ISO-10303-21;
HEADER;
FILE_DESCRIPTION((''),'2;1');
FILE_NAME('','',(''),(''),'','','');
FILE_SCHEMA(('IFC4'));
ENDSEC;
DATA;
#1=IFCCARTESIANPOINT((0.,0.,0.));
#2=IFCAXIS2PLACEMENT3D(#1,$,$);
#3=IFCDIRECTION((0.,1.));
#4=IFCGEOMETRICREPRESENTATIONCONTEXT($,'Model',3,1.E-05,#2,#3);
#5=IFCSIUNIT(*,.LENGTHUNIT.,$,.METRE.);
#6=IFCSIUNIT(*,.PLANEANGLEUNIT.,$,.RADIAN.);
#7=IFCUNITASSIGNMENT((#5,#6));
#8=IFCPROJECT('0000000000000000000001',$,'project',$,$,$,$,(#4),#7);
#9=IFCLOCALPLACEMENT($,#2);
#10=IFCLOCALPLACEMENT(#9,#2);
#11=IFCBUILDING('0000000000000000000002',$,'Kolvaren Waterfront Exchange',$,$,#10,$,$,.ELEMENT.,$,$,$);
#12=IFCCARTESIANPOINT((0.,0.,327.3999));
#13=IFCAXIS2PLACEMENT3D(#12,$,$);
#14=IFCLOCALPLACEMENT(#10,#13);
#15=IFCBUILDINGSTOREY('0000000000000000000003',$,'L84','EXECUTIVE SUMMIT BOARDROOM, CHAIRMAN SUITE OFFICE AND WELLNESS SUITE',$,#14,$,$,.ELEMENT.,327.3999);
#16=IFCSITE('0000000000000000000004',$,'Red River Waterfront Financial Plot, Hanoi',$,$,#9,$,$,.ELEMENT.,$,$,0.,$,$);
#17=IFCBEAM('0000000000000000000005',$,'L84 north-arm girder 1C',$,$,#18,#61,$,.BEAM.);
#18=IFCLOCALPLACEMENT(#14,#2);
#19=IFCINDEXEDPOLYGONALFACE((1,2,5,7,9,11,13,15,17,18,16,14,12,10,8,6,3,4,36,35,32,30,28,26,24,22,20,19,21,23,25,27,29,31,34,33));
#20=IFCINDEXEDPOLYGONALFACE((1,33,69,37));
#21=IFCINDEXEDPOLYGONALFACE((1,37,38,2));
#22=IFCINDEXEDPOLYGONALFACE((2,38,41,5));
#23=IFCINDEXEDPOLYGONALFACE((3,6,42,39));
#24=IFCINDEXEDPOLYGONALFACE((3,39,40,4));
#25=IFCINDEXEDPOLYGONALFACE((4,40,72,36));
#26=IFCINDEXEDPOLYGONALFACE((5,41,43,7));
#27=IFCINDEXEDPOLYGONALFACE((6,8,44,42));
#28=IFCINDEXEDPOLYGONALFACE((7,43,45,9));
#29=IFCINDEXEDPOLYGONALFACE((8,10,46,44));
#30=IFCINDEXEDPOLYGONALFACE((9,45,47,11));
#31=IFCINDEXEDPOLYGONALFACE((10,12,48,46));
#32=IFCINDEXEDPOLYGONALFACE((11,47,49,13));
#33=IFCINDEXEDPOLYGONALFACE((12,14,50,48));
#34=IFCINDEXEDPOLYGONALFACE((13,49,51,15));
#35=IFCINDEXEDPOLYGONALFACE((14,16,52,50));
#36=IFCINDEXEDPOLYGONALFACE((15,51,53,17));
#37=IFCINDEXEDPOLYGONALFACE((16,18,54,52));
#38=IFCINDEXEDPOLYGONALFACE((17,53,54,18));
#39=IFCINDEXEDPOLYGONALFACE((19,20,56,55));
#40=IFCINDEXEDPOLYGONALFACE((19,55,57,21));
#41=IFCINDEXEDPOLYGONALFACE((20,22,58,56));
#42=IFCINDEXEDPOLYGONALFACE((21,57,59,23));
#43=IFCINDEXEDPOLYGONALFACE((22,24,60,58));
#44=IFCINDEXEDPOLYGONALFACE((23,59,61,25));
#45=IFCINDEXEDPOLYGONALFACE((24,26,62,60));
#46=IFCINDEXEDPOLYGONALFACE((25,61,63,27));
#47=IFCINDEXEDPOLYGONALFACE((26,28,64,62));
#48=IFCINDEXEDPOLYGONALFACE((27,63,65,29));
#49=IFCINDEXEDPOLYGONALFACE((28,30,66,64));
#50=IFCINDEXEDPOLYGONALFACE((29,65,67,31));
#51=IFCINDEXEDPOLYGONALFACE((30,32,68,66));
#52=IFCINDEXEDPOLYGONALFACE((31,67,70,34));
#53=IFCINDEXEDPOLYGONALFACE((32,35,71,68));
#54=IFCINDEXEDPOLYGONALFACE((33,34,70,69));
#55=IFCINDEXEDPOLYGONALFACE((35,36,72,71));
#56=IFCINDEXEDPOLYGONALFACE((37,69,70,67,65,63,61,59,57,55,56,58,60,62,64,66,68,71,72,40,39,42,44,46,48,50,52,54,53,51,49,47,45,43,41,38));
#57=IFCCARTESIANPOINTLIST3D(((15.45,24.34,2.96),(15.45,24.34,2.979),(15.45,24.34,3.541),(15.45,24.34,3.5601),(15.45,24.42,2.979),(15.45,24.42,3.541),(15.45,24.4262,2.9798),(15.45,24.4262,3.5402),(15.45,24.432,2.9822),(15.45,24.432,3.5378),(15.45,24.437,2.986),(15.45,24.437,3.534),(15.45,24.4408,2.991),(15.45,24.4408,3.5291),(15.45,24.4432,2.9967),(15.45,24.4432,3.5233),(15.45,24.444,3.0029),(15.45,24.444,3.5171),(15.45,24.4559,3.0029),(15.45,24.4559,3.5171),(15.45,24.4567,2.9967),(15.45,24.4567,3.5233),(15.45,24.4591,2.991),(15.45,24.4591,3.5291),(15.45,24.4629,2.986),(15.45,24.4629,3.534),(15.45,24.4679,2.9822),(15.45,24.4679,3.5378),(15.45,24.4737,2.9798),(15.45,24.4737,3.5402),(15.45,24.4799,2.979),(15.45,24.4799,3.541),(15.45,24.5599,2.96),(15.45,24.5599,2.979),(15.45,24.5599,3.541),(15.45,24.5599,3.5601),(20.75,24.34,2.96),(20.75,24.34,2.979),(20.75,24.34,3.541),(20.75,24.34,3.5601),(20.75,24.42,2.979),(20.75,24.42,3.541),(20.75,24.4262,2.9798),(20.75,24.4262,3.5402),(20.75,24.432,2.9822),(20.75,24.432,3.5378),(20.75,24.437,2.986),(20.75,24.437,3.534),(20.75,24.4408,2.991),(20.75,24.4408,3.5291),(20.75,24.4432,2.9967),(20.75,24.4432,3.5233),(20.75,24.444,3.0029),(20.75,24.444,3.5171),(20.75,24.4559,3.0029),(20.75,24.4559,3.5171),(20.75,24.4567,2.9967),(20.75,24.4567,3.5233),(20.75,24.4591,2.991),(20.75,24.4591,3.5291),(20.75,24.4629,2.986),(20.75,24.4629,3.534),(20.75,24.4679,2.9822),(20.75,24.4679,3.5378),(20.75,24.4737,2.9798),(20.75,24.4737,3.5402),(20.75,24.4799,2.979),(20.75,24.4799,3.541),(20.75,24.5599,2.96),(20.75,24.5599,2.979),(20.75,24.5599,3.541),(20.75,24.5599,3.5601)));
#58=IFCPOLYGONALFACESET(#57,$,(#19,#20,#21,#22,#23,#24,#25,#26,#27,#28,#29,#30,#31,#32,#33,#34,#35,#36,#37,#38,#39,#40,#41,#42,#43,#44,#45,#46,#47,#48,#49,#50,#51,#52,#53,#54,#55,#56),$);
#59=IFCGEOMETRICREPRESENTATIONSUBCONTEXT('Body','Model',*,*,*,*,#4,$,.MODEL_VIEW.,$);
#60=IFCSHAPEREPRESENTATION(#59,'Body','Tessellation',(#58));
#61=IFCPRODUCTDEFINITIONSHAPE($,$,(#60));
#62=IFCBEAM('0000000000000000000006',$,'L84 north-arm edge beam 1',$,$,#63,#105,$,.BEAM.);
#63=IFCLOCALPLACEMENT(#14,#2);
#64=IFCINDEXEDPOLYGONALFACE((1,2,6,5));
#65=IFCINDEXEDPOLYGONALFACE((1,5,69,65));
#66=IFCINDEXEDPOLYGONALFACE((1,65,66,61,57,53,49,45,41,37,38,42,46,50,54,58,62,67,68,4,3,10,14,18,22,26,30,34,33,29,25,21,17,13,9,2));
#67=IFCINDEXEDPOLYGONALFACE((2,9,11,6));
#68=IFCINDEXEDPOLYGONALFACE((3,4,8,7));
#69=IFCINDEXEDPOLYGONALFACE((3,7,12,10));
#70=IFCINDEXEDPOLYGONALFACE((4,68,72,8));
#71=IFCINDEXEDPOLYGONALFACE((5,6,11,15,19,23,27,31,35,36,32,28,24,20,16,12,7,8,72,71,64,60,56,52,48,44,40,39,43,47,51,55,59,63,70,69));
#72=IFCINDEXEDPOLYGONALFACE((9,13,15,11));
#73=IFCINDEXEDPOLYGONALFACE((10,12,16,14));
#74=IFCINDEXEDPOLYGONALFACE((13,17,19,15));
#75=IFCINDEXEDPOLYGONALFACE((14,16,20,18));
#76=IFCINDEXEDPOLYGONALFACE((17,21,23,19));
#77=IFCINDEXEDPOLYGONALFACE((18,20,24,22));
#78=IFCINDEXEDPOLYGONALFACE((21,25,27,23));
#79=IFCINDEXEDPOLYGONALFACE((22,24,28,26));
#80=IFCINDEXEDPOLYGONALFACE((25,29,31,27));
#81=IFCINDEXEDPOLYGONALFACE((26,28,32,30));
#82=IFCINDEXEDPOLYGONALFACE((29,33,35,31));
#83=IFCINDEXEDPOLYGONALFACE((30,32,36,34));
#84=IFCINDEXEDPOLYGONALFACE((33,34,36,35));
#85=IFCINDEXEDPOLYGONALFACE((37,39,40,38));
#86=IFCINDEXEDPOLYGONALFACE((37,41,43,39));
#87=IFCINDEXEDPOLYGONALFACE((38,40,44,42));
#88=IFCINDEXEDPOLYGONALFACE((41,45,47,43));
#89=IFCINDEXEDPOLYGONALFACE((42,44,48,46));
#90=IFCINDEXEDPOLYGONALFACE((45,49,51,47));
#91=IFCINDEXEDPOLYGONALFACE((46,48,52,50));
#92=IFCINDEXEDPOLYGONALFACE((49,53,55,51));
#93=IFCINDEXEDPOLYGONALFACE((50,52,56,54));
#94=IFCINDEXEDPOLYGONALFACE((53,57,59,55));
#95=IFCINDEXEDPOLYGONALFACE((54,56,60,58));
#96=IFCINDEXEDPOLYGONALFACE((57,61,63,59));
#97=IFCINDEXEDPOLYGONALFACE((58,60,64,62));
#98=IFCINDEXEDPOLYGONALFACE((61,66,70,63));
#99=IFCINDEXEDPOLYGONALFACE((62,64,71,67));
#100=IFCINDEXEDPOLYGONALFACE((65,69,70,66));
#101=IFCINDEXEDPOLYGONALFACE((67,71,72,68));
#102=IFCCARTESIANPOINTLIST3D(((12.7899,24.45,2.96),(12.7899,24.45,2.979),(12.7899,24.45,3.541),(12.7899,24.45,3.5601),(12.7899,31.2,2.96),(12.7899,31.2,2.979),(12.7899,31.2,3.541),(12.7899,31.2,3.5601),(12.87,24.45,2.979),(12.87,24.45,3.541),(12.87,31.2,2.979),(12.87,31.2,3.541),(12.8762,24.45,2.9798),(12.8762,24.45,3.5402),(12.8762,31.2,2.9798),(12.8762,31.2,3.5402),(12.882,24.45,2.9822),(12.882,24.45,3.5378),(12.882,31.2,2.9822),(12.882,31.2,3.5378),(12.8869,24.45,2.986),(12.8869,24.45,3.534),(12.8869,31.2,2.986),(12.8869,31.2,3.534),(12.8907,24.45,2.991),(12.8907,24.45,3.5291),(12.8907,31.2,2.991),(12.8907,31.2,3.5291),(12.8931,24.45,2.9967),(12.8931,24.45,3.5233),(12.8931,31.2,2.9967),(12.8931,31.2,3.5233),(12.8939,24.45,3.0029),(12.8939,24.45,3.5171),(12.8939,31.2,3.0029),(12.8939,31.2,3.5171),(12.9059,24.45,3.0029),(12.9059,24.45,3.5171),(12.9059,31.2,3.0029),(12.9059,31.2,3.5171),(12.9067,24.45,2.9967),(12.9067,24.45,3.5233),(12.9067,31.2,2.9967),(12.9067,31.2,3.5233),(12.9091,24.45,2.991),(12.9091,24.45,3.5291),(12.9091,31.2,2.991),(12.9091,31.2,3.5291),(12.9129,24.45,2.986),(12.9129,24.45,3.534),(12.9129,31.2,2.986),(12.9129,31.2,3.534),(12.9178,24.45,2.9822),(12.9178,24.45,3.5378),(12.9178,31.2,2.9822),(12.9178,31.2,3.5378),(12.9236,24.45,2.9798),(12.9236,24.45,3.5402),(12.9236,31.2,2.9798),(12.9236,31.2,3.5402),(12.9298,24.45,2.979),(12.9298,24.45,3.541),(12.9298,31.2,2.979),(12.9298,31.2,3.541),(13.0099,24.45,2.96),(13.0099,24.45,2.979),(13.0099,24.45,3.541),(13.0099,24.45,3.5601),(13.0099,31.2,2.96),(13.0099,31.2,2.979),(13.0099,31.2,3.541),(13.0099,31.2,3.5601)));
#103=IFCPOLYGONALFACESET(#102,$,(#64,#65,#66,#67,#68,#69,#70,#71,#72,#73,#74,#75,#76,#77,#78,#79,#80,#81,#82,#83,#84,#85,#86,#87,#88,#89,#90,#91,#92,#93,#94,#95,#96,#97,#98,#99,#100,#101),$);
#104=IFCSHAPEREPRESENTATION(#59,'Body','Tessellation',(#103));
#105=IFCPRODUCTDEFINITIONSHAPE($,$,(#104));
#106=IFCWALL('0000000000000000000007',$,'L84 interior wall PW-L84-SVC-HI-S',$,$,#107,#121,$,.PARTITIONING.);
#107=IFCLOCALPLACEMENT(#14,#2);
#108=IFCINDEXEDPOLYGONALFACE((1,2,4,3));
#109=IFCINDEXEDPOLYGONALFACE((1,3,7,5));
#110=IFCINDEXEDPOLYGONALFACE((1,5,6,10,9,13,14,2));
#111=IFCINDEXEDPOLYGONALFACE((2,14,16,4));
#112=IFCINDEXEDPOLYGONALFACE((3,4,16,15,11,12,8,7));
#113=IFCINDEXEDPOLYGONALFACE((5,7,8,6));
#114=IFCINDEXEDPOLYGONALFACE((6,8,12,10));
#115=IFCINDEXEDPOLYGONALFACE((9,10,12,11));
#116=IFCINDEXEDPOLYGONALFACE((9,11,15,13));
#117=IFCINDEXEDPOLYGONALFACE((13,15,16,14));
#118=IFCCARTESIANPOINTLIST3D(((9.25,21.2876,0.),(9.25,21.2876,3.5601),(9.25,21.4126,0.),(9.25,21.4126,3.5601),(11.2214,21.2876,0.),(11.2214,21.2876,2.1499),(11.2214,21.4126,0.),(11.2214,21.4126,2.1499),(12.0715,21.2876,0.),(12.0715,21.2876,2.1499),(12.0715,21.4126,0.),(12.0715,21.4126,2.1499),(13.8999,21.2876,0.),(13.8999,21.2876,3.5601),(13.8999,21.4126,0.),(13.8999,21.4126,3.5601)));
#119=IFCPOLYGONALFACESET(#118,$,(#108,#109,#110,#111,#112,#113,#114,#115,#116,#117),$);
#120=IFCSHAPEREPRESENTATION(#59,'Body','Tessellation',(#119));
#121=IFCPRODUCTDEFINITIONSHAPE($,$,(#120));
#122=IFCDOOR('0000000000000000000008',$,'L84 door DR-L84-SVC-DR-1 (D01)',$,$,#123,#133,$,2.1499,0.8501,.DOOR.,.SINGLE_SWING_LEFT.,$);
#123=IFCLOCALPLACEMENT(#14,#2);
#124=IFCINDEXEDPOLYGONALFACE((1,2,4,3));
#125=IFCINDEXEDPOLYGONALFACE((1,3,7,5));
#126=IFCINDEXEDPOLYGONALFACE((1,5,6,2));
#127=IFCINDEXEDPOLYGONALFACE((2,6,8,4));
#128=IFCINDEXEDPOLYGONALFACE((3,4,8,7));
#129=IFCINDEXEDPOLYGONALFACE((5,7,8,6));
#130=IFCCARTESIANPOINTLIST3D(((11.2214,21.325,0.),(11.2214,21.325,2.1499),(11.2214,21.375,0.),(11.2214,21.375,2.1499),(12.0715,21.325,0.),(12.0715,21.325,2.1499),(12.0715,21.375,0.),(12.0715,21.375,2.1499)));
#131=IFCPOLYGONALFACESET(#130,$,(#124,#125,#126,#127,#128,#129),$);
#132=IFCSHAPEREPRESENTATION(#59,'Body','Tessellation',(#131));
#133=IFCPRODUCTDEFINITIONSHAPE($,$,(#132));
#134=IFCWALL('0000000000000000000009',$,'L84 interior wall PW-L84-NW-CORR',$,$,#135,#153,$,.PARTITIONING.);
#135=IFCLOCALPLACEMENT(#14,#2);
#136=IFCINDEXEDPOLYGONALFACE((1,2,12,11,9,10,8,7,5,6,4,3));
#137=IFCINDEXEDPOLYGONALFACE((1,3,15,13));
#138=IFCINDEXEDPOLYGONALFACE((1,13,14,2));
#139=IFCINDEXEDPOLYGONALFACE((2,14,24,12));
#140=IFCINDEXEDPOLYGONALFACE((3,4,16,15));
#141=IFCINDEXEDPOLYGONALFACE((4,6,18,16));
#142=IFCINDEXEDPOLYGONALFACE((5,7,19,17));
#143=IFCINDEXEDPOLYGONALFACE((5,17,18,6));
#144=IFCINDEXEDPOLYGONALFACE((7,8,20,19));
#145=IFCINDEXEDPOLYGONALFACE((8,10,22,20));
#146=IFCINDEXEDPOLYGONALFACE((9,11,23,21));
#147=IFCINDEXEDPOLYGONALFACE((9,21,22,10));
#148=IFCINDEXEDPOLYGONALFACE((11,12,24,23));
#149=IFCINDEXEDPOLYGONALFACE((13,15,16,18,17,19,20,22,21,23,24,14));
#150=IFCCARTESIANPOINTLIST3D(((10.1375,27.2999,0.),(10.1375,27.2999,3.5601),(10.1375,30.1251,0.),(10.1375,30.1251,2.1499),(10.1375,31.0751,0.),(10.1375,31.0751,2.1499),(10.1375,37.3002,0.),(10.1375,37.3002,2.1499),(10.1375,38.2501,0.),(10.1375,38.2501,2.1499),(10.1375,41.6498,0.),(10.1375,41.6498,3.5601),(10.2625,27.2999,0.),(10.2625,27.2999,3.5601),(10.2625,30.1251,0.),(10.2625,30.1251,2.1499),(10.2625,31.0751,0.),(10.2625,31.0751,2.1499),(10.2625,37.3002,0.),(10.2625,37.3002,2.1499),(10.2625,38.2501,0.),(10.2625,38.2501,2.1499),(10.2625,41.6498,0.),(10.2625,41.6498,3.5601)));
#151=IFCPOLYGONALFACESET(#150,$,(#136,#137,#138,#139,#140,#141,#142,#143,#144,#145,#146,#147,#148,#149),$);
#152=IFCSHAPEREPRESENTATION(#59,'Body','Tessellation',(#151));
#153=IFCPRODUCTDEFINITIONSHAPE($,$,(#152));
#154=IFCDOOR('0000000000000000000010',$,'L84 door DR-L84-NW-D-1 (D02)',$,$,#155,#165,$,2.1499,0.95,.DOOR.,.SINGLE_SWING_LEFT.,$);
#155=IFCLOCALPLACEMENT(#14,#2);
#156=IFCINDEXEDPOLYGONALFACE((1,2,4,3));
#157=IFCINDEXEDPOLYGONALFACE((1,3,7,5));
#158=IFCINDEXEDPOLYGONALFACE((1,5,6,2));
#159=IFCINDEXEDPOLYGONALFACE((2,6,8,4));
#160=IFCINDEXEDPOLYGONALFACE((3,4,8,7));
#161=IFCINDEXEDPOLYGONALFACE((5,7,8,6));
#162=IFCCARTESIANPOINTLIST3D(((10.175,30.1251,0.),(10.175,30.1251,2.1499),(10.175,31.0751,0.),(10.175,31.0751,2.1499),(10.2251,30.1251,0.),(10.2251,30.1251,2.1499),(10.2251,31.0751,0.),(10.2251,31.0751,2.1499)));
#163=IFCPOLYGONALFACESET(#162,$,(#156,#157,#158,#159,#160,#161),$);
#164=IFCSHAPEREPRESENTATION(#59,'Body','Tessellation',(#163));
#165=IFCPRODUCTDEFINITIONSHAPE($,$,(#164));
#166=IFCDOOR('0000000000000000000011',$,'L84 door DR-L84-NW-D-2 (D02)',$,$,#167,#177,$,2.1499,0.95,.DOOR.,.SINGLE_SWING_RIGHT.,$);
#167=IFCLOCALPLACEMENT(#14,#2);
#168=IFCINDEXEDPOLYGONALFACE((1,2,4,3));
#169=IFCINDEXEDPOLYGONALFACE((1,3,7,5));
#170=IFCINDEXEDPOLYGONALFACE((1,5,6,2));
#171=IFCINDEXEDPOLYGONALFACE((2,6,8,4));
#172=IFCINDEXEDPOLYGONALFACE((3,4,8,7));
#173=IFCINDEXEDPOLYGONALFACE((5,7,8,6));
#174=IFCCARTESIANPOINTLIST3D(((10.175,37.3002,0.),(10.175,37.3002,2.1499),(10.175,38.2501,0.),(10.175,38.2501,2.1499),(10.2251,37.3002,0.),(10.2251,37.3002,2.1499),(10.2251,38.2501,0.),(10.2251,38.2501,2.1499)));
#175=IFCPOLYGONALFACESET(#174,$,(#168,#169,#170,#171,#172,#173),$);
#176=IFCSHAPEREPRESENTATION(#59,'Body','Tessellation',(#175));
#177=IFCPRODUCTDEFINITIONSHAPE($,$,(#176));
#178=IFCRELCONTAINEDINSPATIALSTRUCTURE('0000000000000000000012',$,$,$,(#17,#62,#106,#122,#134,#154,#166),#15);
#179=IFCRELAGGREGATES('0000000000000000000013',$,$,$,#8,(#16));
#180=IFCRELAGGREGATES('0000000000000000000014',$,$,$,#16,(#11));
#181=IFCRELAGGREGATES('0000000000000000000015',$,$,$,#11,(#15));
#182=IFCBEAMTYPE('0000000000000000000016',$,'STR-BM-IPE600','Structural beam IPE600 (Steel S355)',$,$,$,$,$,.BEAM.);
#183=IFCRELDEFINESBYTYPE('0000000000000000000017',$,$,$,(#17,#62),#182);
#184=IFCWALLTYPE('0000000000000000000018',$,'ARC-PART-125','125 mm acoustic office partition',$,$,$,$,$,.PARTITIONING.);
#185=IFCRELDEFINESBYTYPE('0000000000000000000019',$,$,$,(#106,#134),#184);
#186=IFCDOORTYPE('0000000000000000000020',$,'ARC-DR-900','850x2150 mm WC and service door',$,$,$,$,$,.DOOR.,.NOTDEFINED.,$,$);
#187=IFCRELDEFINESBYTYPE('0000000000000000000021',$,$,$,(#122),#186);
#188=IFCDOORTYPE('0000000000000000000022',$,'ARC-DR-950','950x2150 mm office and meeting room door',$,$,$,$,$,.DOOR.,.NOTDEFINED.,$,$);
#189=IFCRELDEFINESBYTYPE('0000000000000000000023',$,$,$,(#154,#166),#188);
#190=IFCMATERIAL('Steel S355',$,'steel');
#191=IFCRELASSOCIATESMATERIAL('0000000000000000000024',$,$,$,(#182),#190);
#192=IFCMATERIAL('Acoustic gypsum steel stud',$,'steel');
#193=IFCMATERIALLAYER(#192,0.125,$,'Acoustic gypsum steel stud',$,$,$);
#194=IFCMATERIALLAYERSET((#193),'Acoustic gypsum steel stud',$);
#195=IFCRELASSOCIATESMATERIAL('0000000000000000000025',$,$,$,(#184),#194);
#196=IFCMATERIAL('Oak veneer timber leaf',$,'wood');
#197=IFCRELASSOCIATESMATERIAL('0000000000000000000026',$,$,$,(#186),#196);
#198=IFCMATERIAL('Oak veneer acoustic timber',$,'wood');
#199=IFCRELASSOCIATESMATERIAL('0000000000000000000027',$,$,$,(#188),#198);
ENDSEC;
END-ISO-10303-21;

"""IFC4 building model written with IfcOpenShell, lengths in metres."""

from ifc_helpers import new_model, si_unit, direction, frame, frame_2d, origin, origin_2d, place, context, subcontext, project, spatial, rectangle, i_section, extrude, material, layer, layer_set, material_profile, profile_set, type_object, element, fill, save


model = new_model("IFC4")

# Units and contexts
model_context = context("Model", 3, precision=1e-05, world=origin(), true_north=direction((0.0, 1.0)))
body_context = subcontext(model_context, "Body", "Model", "MODEL_VIEW")
ifc_project = project(units=[si_unit("LENGTHUNIT", "METRE"), si_unit("PLANEANGLEUNIT", "RADIAN")], contexts=[model_context])

# Site, building, storey
site_placement = place(None, origin())
site = spatial("IfcSite", under=ifc_project, at=site_placement, Name="Red River Waterfront Financial Plot, Hanoi", CompositionType="ELEMENT", RefElevation=0.0)
building_placement = place(site_placement, origin())
building = spatial("IfcBuilding", under=site, at=building_placement, Name="Kolvaren Waterfront Exchange", CompositionType="ELEMENT")
storey_placement = place(building_placement, frame((0.0, 0.0, 327.3999)))
storey = spatial("IfcBuildingStorey", under=building, at=storey_placement, Name="L84", Description="EXECUTIVE SUMMIT BOARDROOM, CHAIRMAN SUITE OFFICE AND WELLNESS SUITE", CompositionType="ELEMENT", Elevation=327.3999)

# Beams
ifc_material_1 = material(Name="Steel S355", Category="steel")
ifc_material_profile_1 = material_profile(ifc_material_1, i_section(OverallWidth=0.22, OverallDepth=0.6001, WebThickness=0.012, FlangeThickness=0.019, FilletRadius=0.0239, at=origin_2d()), Name="IPE600")
ifc_profile_set_1 = profile_set([ifc_material_profile_1], Name="Steel S355")
beam_type_1 = type_object("IfcBeamType", Name="STR-BM-IPE600", Description="Structural beam IPE600 (Steel S355)", PredefinedType="BEAM", material=ifc_profile_set_1)
beam_1_placement = place(storey_placement, frame((15.45, 24.45, 3.26), z_axis=(1.0, 0.0, 0.0), x_axis=(0.0, 1.0, 0.0)))
element("IfcBeam", 1, at=beam_1_placement, inside=storey, type_object=beam_type_1, Name="L84 north-arm girder 1C", PredefinedType="BEAM", context=body_context, shape_type="SweptSolid", body=[
    extrude(i_section(OverallWidth=0.22, OverallDepth=0.6001, WebThickness=0.012, FlangeThickness=0.019, FilletRadius=0.0239, at=origin_2d()), origin(), (0.0, 0.0, 1.0), 5.3),
])
beam_2_placement = place(storey_placement, frame((12.8999, 24.45, 3.26), z_axis=(0.0, 1.0, 0.0), x_axis=(-1.0, 0.0, 0.0)))
element("IfcBeam", 2, at=beam_2_placement, inside=storey, type_object=beam_type_1, Name="L84 north-arm edge beam 1", PredefinedType="BEAM", context=body_context, shape_type="SweptSolid", body=[
    extrude(i_section(OverallWidth=0.22, OverallDepth=0.6001, WebThickness=0.012, FlangeThickness=0.019, FilletRadius=0.0239, at=origin_2d()), origin(), (0.0, 0.0, 1.0), 6.75),
])

# Wall, opening, door
ifc_material_2 = material(Name="Acoustic gypsum steel stud", Category="steel")
ifc_layer_1 = layer(ifc_material_2, 0.125, Name="Acoustic gypsum steel stud")
ifc_layer_set_1 = layer_set([ifc_layer_1], Name="Acoustic gypsum steel stud")
wall_type_1 = type_object("IfcWallType", Name="ARC-PART-125", Description="125 mm acoustic office partition", PredefinedType="PARTITIONING", material=ifc_layer_set_1)
wall_1_placement = place(storey_placement, frame((9.25, 21.3501, 0.0), z_axis=(0.0, 0.0, 1.0), x_axis=(1.0, 0.0, 0.0)))
wall_1 = element("IfcWall", 3, at=wall_1_placement, inside=storey, type_object=wall_type_1, Name="L84 interior wall PW-L84-SVC-HI-S", PredefinedType="PARTITIONING", context=body_context, shape_type="SweptSolid", body=[
    extrude(rectangle(XDim=4.6499, YDim=0.125, at=frame_2d((2.325, 0.0))), origin(), (0.0, 0.0, 1.0), 3.5601),
])
opening_1_placement = place(wall_1_placement, frame((1.9714, 0.0, 0.0)))
opening_1 = element("IfcOpeningElement", 4, at=opening_1_placement, cuts=wall_1, PredefinedType="OPENING", context=body_context, shape_type="SweptSolid", body=[
    extrude(rectangle(XDim=0.8501, YDim=2.1499, at=frame_2d((0.425, 1.075))), frame((0.0, 0.0725, 0.0), z_axis=(0.0, -1.0, 0.0), x_axis=(1.0, 0.0, 0.0)), (0.0, 0.0, 1.0), 0.145),
])
ifc_material_3 = material(Name="Oak veneer timber leaf", Category="wood")
door_type_1 = type_object("IfcDoorType", Name="ARC-DR-900", Description="850x2150 mm WC and service door", OperationType="NOTDEFINED", PredefinedType="DOOR", material=ifc_material_3)
door_1_placement = place(opening_1_placement, origin())
door_1 = element("IfcDoor", 5, at=door_1_placement, inside=storey, type_object=door_type_1, Name="L84 door DR-L84-SVC-DR-1 (D01)", OperationType="SINGLE_SWING_LEFT", OverallHeight=2.1499, OverallWidth=0.8501, PredefinedType="DOOR", context=body_context, shape_type="SweptSolid", body=[
    extrude(rectangle(XDim=0.8501, YDim=2.1499, at=frame_2d((0.425, 1.075))), frame((0.0, 0.0249, 0.0), z_axis=(0.0, -1.0, 0.0), x_axis=(1.0, 0.0, 0.0)), (0.0, 0.0, 1.0), 0.05),
])
fill(opening_1, door_1)

# Wall, openings, doors
wall_2_placement = place(storey_placement, frame((10.2, 27.3, 0.0), z_axis=(0.0, 0.0, 1.0), x_axis=(0.0, 1.0, 0.0)))
wall_2 = element("IfcWall", 6, at=wall_2_placement, inside=storey, type_object=wall_type_1, Name="L84 interior wall PW-L84-NW-CORR", PredefinedType="PARTITIONING", context=body_context, shape_type="SweptSolid", body=[
    extrude(rectangle(XDim=14.3499, YDim=0.125, at=frame_2d((7.1748, 0.0))), origin(), (0.0, 0.0, 1.0), 3.5601),
])
opening_2_placement = place(wall_2_placement, frame((2.825, 0.0, 0.0)))
opening_2 = element("IfcOpeningElement", 7, at=opening_2_placement, cuts=wall_2, PredefinedType="OPENING", context=body_context, shape_type="SweptSolid", body=[
    extrude(rectangle(XDim=0.95, YDim=2.1499, at=frame_2d((0.4751, 1.075))), frame((0.0, 0.0725, 0.0), z_axis=(0.0, -1.0, 0.0), x_axis=(1.0, 0.0, 0.0)), (0.0, 0.0, 1.0), 0.145),
])
opening_3_placement = place(wall_2_placement, frame((10.0, 0.0, 0.0)))
opening_3 = element("IfcOpeningElement", 8, at=opening_3_placement, cuts=wall_2, PredefinedType="OPENING", context=body_context, shape_type="SweptSolid", body=[
    extrude(rectangle(XDim=0.95, YDim=2.1499, at=frame_2d((0.4751, 1.075))), frame((0.0, 0.0725, 0.0), z_axis=(0.0, -1.0, 0.0), x_axis=(1.0, 0.0, 0.0)), (0.0, 0.0, 1.0), 0.145),
])
ifc_material_4 = material(Name="Oak veneer acoustic timber", Category="wood")
door_type_2 = type_object("IfcDoorType", Name="ARC-DR-950", Description="950x2150 mm office and meeting room door", OperationType="NOTDEFINED", PredefinedType="DOOR", material=ifc_material_4)
door_2_placement = place(opening_2_placement, origin())
door_2 = element("IfcDoor", 9, at=door_2_placement, inside=storey, type_object=door_type_2, Name="L84 door DR-L84-NW-D-1 (D02)", OperationType="SINGLE_SWING_LEFT", OverallHeight=2.1499, OverallWidth=0.95, PredefinedType="DOOR", context=body_context, shape_type="SweptSolid", body=[
    extrude(rectangle(XDim=0.95, YDim=2.1499, at=frame_2d((0.4751, 1.075))), frame((0.0, 0.0249, 0.0), z_axis=(0.0, -1.0, 0.0), x_axis=(1.0, 0.0, 0.0)), (0.0, 0.0, 1.0), 0.05),
])
fill(opening_2, door_2)
door_3_placement = place(opening_3_placement, origin())
door_3 = element("IfcDoor", 10, at=door_3_placement, inside=storey, type_object=door_type_2, Name="L84 door DR-L84-NW-D-2 (D02)", OperationType="SINGLE_SWING_RIGHT", OverallHeight=2.1499, OverallWidth=0.95, PredefinedType="DOOR", context=body_context, shape_type="SweptSolid", body=[
    extrude(rectangle(XDim=0.95, YDim=2.1499, at=frame_2d((0.4751, 1.075))), frame((0.0, 0.0249, 0.0), z_axis=(0.0, -1.0, 0.0), x_axis=(1.0, 0.0, 0.0)), (0.0, 0.0, 1.0), 0.05),
])
fill(opening_3, door_3)

save(model, "model.ifc")
